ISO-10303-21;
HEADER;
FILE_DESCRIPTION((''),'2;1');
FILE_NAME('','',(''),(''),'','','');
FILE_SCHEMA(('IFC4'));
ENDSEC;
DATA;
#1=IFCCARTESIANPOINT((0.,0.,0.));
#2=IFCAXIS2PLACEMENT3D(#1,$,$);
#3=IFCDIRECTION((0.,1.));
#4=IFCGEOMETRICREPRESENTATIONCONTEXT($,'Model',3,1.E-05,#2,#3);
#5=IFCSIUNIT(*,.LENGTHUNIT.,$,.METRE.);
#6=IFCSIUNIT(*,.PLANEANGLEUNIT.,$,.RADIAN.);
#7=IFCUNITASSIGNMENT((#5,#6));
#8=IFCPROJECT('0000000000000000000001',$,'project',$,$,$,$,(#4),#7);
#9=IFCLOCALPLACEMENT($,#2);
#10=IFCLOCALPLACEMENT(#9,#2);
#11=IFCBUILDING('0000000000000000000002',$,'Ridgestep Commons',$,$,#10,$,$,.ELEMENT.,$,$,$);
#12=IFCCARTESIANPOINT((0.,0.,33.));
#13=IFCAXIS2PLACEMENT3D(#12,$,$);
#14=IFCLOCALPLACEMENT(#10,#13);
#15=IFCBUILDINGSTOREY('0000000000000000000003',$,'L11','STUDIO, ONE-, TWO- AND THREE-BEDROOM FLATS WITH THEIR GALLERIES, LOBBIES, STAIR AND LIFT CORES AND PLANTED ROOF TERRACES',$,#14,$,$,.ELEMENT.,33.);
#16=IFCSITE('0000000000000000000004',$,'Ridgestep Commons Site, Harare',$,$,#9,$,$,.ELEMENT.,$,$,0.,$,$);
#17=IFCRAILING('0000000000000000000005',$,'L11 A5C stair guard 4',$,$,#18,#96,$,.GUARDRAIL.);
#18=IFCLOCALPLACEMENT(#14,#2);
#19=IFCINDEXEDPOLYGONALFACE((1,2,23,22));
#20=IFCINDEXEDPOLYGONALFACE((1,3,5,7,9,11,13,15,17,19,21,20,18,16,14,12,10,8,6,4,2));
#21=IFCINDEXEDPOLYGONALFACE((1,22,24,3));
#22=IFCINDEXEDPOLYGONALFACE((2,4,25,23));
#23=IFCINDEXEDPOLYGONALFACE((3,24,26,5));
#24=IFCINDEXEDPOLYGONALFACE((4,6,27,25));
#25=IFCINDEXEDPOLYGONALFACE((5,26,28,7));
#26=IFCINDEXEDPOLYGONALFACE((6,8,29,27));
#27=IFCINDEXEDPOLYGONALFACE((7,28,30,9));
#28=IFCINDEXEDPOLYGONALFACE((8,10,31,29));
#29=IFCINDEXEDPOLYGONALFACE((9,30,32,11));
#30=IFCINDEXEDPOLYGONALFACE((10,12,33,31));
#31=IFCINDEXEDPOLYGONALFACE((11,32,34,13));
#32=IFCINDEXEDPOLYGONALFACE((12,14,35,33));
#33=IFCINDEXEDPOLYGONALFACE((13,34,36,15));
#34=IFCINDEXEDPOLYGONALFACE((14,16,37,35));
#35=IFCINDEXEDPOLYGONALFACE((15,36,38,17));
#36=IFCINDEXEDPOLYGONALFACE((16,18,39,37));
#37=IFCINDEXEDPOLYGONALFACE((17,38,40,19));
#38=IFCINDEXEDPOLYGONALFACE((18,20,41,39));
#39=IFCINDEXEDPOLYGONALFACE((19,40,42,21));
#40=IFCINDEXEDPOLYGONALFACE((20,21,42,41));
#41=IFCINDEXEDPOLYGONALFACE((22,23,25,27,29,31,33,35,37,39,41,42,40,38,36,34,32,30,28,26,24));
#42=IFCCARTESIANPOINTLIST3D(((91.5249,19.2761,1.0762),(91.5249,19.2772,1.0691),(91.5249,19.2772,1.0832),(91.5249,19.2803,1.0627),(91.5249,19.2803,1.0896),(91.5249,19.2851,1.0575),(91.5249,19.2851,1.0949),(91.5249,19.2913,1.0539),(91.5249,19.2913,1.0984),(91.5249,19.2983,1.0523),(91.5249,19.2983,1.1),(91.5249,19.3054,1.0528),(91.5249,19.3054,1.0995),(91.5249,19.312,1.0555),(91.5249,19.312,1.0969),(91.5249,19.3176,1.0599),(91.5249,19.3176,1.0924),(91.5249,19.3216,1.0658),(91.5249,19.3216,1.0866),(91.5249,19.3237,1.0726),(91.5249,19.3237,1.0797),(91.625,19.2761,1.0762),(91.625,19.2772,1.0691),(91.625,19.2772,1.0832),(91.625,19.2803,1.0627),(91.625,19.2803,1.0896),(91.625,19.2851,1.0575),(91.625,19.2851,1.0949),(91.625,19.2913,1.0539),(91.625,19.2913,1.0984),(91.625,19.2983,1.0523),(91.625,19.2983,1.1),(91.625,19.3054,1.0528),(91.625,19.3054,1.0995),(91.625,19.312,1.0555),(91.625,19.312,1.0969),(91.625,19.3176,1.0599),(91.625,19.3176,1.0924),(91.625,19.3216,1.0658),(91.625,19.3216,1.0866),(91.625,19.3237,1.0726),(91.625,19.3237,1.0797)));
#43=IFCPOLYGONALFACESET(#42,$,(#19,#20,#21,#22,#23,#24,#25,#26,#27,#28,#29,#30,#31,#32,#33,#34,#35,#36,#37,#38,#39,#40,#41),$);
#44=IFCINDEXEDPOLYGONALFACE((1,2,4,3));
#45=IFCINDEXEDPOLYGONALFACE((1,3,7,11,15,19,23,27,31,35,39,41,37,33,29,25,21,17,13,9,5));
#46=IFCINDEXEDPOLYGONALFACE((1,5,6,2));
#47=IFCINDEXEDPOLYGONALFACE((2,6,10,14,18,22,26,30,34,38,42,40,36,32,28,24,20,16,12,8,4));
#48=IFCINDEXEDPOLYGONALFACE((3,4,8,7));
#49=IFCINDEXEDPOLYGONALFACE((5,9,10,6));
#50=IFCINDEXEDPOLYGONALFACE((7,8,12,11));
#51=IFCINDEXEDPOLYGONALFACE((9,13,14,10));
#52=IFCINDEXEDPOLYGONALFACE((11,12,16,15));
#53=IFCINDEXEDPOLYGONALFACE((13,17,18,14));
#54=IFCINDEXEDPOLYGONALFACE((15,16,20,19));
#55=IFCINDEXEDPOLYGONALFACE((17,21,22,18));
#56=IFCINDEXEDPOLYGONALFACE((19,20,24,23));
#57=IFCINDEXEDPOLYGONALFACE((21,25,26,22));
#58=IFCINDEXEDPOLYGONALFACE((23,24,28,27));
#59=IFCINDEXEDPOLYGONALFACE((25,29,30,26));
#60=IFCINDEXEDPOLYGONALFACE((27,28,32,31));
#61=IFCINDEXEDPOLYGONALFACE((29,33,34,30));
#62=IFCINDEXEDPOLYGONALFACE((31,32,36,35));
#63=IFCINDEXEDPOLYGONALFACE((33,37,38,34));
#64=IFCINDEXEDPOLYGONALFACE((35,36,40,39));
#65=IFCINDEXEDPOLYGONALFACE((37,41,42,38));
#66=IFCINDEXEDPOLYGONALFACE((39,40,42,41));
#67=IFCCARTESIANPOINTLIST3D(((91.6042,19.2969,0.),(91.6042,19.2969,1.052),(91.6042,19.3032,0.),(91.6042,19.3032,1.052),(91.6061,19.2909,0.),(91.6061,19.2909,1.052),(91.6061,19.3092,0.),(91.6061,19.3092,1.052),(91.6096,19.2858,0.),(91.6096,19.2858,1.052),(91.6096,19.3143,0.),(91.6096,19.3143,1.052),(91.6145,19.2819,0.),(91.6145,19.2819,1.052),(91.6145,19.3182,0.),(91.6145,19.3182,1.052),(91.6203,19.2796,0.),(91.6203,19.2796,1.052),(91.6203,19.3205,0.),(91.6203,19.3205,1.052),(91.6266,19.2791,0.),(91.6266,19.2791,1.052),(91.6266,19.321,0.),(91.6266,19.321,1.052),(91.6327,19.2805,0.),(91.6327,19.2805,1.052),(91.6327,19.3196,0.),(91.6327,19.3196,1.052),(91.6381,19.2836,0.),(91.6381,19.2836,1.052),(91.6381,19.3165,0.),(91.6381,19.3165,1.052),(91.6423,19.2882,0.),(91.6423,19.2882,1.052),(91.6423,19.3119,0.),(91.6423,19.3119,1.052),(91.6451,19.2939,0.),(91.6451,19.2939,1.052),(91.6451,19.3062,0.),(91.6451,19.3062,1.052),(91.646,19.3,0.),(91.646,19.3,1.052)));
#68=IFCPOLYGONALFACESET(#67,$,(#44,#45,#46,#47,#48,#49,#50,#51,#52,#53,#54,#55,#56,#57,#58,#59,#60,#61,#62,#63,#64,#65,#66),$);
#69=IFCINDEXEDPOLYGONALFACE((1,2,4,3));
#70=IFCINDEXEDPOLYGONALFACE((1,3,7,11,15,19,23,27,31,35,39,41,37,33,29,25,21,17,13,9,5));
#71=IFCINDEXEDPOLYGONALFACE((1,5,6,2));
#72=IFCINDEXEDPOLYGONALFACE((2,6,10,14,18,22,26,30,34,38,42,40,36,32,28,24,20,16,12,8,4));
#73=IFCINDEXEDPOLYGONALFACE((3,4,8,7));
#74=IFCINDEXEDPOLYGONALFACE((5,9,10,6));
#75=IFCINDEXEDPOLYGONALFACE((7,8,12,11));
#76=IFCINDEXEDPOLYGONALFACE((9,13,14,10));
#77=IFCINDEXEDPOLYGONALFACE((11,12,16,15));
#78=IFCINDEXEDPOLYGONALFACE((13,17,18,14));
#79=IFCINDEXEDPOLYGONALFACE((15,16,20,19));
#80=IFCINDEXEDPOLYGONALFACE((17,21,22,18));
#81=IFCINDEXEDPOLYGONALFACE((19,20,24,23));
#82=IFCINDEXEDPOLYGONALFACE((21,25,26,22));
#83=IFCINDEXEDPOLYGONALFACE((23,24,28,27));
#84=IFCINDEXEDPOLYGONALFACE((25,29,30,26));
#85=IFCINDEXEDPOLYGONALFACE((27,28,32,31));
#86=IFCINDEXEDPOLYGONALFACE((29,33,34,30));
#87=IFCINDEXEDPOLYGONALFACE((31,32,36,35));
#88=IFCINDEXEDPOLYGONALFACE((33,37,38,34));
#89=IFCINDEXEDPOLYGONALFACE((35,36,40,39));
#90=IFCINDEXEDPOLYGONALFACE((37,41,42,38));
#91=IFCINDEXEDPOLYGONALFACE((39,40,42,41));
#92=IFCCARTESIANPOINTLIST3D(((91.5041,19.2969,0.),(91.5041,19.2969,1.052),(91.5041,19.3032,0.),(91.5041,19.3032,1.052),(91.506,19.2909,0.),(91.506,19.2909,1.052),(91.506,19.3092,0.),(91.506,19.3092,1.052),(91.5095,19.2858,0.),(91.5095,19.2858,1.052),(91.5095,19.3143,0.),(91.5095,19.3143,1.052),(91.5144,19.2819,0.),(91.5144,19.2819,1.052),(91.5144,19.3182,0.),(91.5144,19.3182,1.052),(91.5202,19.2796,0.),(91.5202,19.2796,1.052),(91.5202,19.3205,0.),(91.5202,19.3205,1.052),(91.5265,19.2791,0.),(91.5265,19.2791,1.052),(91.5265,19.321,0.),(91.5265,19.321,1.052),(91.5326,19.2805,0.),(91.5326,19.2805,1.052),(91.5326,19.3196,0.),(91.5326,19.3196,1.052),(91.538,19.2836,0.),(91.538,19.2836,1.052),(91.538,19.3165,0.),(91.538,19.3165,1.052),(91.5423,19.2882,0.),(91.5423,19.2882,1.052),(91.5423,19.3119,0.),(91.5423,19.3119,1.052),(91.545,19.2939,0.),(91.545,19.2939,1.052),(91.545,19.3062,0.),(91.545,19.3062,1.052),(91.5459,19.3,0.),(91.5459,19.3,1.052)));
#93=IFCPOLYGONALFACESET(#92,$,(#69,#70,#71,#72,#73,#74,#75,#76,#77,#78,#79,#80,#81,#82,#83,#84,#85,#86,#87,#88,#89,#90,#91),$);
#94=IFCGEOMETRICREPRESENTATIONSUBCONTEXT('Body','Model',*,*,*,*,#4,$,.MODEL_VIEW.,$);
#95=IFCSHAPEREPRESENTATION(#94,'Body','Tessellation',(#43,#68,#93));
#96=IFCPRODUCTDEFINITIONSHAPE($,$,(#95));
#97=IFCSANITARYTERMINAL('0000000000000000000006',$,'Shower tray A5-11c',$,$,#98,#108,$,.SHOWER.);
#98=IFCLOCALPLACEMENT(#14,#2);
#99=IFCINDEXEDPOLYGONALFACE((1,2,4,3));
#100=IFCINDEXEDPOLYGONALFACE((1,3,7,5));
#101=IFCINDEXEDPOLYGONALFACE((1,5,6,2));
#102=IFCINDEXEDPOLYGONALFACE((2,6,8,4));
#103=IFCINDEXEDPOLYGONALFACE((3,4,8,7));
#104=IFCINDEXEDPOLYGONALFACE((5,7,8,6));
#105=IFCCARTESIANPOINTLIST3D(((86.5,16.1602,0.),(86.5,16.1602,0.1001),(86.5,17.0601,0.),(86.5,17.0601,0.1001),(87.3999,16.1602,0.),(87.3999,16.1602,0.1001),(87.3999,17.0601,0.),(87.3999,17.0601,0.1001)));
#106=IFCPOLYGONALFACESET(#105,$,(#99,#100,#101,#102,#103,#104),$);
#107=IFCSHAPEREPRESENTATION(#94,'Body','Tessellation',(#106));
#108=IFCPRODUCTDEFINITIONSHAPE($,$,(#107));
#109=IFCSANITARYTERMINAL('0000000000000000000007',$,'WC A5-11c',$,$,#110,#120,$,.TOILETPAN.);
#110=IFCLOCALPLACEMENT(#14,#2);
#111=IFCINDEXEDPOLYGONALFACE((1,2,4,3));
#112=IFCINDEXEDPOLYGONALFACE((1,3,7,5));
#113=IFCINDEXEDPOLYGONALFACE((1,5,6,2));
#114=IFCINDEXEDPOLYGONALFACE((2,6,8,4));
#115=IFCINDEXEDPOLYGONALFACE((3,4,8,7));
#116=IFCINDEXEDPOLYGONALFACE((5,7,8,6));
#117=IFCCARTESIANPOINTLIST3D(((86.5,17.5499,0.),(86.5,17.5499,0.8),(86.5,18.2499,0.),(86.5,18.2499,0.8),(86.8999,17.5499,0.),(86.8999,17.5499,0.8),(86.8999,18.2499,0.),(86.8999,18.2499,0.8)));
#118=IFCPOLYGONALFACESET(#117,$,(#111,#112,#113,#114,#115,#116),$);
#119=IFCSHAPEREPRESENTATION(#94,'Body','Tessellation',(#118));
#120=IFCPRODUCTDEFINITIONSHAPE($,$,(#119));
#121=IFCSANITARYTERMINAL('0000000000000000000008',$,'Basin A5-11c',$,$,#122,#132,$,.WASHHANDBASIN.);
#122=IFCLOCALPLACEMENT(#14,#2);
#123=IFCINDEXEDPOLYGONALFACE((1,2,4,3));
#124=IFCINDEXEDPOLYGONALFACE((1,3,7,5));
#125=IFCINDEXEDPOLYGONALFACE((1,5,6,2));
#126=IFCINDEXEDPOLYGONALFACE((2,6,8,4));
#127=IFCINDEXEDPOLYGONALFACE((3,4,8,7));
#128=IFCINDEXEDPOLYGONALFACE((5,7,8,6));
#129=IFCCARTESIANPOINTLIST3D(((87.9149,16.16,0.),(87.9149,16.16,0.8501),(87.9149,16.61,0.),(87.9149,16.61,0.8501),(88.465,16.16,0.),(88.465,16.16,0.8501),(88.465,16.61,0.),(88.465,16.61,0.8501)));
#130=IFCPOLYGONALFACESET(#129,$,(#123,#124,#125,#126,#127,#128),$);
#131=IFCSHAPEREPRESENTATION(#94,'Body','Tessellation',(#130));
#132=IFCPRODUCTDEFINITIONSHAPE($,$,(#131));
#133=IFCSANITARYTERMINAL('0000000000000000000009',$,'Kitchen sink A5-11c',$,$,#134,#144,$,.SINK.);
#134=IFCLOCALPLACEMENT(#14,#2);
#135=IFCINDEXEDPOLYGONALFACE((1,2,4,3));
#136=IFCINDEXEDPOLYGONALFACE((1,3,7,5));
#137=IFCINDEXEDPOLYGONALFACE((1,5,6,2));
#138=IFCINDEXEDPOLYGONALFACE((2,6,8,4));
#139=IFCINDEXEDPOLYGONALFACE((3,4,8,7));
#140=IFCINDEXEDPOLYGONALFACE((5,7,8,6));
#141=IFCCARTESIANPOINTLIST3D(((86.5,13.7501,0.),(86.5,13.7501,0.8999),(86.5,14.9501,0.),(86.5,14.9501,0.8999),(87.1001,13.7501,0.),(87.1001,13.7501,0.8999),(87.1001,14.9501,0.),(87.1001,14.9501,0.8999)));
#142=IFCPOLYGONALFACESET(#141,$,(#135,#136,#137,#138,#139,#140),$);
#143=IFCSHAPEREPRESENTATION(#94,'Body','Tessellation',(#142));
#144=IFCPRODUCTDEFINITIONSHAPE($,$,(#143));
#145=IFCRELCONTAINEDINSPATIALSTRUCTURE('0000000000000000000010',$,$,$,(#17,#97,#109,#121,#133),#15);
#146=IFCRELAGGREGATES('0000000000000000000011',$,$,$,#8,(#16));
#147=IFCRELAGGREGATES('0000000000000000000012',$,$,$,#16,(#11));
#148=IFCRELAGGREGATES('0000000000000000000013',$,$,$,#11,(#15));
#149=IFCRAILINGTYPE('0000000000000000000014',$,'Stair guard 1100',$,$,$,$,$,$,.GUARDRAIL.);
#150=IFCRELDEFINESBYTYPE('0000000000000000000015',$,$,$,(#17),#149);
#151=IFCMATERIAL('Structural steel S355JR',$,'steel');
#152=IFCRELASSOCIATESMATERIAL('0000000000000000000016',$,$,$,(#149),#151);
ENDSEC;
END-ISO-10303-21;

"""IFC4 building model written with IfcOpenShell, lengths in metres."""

from ifc_helpers import new_model, si_unit, direction, frame, origin, origin_2d, place, context, subcontext, project, spatial, rectangle, circle, extrude, material, type_object, element, save


model = new_model("IFC4")

# Units and contexts
model_context = context("Model", 3, precision=1e-05, world=origin(), true_north=direction((0.0, 1.0)))
body_context = subcontext(model_context, "Body", "Model", "MODEL_VIEW")
ifc_project = project(units=[si_unit("LENGTHUNIT", "METRE"), si_unit("PLANEANGLEUNIT", "RADIAN")], contexts=[model_context])

# Site, building, storey
site_placement = place(None, origin())
site = spatial("IfcSite", under=ifc_project, at=site_placement, Name="Ridgestep Commons Site, Harare", CompositionType="ELEMENT", RefElevation=0.0)
building_placement = place(site_placement, origin())
building = spatial("IfcBuilding", under=site, at=building_placement, Name="Ridgestep Commons", CompositionType="ELEMENT")
storey_placement = place(building_placement, frame((0.0, 0.0, 33.0)))
storey = spatial("IfcBuildingStorey", under=building, at=storey_placement, Name="L11", Description="STUDIO, ONE-, TWO- AND THREE-BEDROOM FLATS WITH THEIR GALLERIES, LOBBIES, STAIR AND LIFT CORES AND PLANTED ROOF TERRACES", CompositionType="ELEMENT", Elevation=33.0)

# Railing
ifc_material_1 = material(Name="Structural steel S355JR", Category="steel")
railing_type_1 = type_object("IfcRailingType", Name="Stair guard 1100", PredefinedType="GUARDRAIL", material=ifc_material_1)
railing_1_placement = place(storey_placement, frame((91.625, 19.3, 0.0)))
element("IfcRailing", 1, at=railing_1_placement, inside=storey, type_object=railing_type_1, Name="L11 A5C stair guard 4", PredefinedType="GUARDRAIL", context=body_context, shape_type="SweptSolid", body=[
    extrude(circle(Radius=0.0239, at=origin_2d()), frame((0.0, 0.0, 1.0762), z_axis=(-1.0, 0.0, 0.0), x_axis=(0.0, -1.0, 0.0)), (0.0, 0.0, 1.0), 0.1001),
    extrude(circle(Radius=0.021, at=origin_2d()), origin(), (0.0, 0.0, 1.0), 1.052),
    extrude(circle(Radius=0.021, at=origin_2d()), frame((-0.1001, 0.0, 0.0)), (0.0, 0.0, 1.0), 1.052),
])

# Sanitary terminals
sanitary_terminal_1_placement = place(storey_placement, frame((86.95, 16.6101, 0.0), z_axis=(0.0, 0.0, 1.0), x_axis=(1.0, 0.0, 0.0)))
element("IfcSanitaryTerminal", 2, at=sanitary_terminal_1_placement, inside=storey, Name="Shower tray A5-11c", PredefinedType="SHOWER", context=body_context, shape_type="SweptSolid", body=[
    extrude(rectangle(XDim=0.8999, YDim=0.8999, at=origin_2d()), origin(), (0.0, 0.0, 1.0), 0.1001),
])
sanitary_terminal_2_placement = place(storey_placement, frame((86.7, 17.8999, 0.0), z_axis=(0.0, 0.0, 1.0), x_axis=(1.0, 0.0, 0.0)))
element("IfcSanitaryTerminal", 3, at=sanitary_terminal_2_placement, inside=storey, Name="WC A5-11c", PredefinedType="TOILETPAN", context=body_context, shape_type="SweptSolid", body=[
    extrude(rectangle(XDim=0.3999, YDim=0.7, at=origin_2d()), origin(), (0.0, 0.0, 1.0), 0.8),
])
sanitary_terminal_3_placement = place(storey_placement, frame((88.1899, 16.385, 0.0), z_axis=(0.0, 0.0, 1.0), x_axis=(1.0, 0.0, 0.0)))
element("IfcSanitaryTerminal", 4, at=sanitary_terminal_3_placement, inside=storey, Name="Basin A5-11c", PredefinedType="WASHHANDBASIN", context=body_context, shape_type="SweptSolid", body=[
    extrude(rectangle(XDim=0.55, YDim=0.45, at=origin_2d()), origin(), (0.0, 0.0, 1.0), 0.8501),
])
sanitary_terminal_4_placement = place(storey_placement, frame((86.8, 14.3501, 0.0), z_axis=(0.0, 0.0, 1.0), x_axis=(1.0, 0.0, 0.0)))
element("IfcSanitaryTerminal", 5, at=sanitary_terminal_4_placement, inside=storey, Name="Kitchen sink A5-11c", PredefinedType="SINK", context=body_context, shape_type="SweptSolid", body=[
    extrude(rectangle(XDim=0.6001, YDim=1.2, at=origin_2d()), origin(), (0.0, 0.0, 1.0), 0.8999),
])

save(model, "model.ifc")
